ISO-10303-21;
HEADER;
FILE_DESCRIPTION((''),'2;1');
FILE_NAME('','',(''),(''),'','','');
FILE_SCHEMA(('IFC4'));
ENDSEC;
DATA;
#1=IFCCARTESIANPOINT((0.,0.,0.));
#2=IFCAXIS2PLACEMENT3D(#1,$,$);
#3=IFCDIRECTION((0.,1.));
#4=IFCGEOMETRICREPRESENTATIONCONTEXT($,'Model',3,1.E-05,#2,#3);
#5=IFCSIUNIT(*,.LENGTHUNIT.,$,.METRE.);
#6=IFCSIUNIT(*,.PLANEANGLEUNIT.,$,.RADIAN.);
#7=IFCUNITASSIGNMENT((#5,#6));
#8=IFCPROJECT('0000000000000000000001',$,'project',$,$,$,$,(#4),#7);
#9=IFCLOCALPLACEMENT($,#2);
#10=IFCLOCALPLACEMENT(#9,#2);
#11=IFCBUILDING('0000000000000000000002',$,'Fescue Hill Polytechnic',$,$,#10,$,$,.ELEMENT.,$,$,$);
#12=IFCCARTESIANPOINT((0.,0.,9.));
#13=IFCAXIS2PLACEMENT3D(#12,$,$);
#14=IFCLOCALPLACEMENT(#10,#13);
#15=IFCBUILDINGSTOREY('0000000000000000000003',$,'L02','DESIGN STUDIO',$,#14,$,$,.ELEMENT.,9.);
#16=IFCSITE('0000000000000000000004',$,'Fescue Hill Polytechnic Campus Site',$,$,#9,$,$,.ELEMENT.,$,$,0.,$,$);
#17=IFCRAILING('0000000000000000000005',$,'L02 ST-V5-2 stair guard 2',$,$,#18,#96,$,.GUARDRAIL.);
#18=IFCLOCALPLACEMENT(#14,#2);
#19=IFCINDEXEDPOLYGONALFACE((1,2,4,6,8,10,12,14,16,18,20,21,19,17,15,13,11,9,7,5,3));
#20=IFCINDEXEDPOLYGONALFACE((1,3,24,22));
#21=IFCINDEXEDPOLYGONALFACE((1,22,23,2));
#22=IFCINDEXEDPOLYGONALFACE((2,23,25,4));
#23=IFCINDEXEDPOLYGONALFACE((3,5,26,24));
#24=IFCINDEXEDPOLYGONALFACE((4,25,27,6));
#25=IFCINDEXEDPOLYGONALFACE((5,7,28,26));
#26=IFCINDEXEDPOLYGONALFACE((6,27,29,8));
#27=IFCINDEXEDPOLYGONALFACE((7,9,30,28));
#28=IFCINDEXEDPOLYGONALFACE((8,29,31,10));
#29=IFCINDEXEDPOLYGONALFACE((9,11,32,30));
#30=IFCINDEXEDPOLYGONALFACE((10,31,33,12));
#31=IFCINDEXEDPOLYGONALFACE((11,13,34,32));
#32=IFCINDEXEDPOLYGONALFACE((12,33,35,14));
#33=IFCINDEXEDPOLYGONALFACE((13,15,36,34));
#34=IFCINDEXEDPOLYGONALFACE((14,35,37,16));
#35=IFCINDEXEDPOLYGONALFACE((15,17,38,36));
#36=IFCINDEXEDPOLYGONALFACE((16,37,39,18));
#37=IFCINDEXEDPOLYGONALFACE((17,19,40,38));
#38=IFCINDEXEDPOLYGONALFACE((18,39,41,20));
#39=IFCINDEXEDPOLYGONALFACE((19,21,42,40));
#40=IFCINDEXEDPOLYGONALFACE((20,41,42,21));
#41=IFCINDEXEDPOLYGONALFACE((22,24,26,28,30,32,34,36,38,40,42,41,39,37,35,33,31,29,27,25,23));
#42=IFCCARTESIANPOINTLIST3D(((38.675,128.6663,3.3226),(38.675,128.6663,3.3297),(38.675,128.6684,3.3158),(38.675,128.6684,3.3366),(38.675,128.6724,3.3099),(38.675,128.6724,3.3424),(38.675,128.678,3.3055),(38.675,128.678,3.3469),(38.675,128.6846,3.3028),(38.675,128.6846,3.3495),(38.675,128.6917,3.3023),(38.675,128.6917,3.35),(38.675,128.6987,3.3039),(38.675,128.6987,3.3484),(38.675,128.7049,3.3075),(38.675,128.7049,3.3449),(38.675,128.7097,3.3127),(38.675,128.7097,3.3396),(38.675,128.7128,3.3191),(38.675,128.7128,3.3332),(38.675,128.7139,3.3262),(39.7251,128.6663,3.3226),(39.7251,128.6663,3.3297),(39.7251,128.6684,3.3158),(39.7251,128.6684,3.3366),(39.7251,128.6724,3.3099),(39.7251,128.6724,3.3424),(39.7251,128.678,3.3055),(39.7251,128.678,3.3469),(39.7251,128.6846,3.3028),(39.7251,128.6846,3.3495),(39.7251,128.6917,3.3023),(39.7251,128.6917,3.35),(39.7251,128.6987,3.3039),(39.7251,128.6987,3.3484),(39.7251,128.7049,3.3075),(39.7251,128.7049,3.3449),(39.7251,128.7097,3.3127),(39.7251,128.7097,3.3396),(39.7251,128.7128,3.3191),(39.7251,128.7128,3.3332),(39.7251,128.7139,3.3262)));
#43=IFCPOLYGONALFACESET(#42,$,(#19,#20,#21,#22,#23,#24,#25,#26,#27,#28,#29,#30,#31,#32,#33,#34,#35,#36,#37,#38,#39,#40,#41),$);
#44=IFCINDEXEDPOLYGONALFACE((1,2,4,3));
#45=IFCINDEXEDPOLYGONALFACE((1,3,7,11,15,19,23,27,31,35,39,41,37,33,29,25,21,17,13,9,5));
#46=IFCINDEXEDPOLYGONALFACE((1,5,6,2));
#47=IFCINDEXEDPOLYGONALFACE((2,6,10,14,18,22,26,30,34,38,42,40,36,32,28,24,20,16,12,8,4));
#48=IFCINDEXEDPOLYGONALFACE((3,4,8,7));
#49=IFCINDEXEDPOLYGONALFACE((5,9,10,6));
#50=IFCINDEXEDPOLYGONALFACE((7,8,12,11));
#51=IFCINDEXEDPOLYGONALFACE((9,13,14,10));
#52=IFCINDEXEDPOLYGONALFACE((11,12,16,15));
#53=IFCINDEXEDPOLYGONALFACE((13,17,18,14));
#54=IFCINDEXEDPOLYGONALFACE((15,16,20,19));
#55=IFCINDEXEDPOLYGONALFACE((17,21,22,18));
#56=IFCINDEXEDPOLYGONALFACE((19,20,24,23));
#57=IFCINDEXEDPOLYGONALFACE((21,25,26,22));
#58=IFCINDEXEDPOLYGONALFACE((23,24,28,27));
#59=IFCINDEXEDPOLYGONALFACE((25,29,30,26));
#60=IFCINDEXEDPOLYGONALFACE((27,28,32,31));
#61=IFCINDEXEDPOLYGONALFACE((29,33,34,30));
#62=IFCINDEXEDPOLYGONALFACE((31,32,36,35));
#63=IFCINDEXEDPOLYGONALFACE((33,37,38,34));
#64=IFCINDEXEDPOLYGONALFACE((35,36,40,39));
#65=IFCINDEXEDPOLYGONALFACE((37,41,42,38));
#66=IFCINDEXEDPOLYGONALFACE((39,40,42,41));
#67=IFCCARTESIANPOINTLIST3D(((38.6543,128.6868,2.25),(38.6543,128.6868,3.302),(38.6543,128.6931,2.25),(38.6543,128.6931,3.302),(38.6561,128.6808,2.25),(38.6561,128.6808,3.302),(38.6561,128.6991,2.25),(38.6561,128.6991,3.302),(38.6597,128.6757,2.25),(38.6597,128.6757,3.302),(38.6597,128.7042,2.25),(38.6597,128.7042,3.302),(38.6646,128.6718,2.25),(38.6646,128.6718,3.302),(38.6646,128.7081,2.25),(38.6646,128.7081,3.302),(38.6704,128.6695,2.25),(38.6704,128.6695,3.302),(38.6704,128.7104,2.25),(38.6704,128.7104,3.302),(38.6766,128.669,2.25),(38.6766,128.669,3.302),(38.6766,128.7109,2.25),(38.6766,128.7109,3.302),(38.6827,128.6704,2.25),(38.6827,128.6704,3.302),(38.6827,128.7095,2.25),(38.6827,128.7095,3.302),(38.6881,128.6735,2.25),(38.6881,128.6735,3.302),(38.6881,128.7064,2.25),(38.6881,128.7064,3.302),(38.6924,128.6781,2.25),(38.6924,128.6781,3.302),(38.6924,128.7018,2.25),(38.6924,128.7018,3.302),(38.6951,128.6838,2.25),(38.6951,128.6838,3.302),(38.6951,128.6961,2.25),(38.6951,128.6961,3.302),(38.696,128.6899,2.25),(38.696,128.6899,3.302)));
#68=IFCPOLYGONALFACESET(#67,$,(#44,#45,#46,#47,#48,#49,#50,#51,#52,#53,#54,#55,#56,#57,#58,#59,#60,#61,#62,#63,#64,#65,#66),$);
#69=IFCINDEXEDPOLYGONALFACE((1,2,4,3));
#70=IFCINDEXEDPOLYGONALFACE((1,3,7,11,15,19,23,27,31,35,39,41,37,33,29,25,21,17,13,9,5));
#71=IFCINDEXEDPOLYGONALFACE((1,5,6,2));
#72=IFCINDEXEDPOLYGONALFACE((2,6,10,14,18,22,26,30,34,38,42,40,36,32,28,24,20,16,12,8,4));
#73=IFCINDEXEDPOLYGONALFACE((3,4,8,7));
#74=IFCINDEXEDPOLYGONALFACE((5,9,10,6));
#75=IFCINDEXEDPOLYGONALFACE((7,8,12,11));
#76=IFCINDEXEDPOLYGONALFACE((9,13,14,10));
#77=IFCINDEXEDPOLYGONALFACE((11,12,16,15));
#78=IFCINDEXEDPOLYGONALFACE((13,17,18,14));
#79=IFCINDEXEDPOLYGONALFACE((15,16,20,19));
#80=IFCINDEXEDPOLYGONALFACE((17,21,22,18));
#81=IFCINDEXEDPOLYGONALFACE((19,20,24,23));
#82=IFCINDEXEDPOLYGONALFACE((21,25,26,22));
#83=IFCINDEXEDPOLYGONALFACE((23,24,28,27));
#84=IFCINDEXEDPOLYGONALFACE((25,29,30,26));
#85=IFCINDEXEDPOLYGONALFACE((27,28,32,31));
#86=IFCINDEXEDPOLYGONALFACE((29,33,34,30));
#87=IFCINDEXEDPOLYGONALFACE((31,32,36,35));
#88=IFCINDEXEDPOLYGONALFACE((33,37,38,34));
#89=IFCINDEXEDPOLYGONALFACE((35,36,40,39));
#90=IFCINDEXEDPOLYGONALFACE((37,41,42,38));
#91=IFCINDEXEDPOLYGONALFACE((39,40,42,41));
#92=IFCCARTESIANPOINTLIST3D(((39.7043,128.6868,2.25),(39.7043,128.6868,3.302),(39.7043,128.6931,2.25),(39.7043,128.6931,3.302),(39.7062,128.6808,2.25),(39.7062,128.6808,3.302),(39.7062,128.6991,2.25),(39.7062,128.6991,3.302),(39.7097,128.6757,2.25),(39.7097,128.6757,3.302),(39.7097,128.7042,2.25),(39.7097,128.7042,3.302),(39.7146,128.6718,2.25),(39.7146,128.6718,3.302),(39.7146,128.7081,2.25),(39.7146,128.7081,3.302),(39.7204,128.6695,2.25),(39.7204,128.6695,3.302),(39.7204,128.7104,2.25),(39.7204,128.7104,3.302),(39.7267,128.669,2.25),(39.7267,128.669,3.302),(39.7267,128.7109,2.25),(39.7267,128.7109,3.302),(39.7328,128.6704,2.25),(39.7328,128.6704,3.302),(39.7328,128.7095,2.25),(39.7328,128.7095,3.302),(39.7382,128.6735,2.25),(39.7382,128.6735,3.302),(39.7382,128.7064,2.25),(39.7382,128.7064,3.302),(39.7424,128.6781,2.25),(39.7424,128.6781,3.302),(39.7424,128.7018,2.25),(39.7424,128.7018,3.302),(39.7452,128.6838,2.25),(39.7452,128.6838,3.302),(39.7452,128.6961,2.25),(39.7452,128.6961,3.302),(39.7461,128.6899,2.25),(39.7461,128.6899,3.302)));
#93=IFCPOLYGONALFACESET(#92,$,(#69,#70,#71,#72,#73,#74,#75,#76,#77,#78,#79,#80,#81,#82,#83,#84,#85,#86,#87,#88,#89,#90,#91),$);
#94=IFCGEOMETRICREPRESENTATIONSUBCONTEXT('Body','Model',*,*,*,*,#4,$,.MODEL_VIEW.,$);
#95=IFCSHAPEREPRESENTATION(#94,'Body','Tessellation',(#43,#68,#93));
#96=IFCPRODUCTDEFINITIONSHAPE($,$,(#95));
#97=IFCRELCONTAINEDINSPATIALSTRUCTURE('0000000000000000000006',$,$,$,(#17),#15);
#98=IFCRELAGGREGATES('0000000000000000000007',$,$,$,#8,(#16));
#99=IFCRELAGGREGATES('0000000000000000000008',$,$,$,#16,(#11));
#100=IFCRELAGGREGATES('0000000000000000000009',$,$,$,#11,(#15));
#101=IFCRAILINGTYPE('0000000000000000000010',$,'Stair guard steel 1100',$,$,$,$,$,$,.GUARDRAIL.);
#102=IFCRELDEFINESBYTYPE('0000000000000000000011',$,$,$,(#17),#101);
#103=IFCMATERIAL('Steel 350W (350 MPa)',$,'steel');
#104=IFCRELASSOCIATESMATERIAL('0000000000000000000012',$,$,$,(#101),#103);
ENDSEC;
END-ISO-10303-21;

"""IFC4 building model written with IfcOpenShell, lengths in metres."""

from ifc_helpers import new_model, si_unit, direction, frame, origin, origin_2d, place, context, subcontext, project, spatial, circle, extrude, material, type_object, element, save


model = new_model("IFC4")

# Units and contexts
model_context = context("Model", 3, precision=1e-05, world=origin(), true_north=direction((0.0, 1.0)))
body_context = subcontext(model_context, "Body", "Model", "MODEL_VIEW")
ifc_project = project(units=[si_unit("LENGTHUNIT", "METRE"), si_unit("PLANEANGLEUNIT", "RADIAN")], contexts=[model_context])

# Site, building, storey
site_placement = place(None, origin())
site = spatial("IfcSite", under=ifc_project, at=site_placement, Name="Fescue Hill Polytechnic Campus Site", CompositionType="ELEMENT", RefElevation=0.0)
building_placement = place(site_placement, origin())
building = spatial("IfcBuilding", under=site, at=building_placement, Name="Fescue Hill Polytechnic", CompositionType="ELEMENT")
storey_placement = place(building_placement, frame((0.0, 0.0, 9.0)))
storey = spatial("IfcBuildingStorey", under=building, at=storey_placement, Name="L02", Description="DESIGN STUDIO", CompositionType="ELEMENT", Elevation=9.0)

# Railing
ifc_material_1 = material(Name="Steel 350W (350 MPa)", Category="steel")
railing_type_1 = type_object("IfcRailingType", Name="Stair guard steel 1100", PredefinedType="GUARDRAIL", material=ifc_material_1)
railing_1_placement = place(storey_placement, frame((38.675, 128.6899, 2.25)))
element("IfcRailing", 1, at=railing_1_placement, inside=storey, type_object=railing_type_1, Name="L02 ST-V5-2 stair guard 2", PredefinedType="GUARDRAIL", context=body_context, shape_type="SweptSolid", body=[
    extrude(circle(Radius=0.0239, at=origin_2d()), frame((0.0, 0.0, 1.0762), z_axis=(1.0, 0.0, 0.0), x_axis=(0.0, 1.0, 0.0)), (0.0, 0.0, 1.0), 1.05),
    extrude(circle(Radius=0.021, at=origin_2d()), origin(), (0.0, 0.0, 1.0), 1.052),
    extrude(circle(Radius=0.021, at=origin_2d()), frame((1.05, 0.0, 0.0)), (0.0, 0.0, 1.0), 1.052),
])

save(model, "model.ifc")
